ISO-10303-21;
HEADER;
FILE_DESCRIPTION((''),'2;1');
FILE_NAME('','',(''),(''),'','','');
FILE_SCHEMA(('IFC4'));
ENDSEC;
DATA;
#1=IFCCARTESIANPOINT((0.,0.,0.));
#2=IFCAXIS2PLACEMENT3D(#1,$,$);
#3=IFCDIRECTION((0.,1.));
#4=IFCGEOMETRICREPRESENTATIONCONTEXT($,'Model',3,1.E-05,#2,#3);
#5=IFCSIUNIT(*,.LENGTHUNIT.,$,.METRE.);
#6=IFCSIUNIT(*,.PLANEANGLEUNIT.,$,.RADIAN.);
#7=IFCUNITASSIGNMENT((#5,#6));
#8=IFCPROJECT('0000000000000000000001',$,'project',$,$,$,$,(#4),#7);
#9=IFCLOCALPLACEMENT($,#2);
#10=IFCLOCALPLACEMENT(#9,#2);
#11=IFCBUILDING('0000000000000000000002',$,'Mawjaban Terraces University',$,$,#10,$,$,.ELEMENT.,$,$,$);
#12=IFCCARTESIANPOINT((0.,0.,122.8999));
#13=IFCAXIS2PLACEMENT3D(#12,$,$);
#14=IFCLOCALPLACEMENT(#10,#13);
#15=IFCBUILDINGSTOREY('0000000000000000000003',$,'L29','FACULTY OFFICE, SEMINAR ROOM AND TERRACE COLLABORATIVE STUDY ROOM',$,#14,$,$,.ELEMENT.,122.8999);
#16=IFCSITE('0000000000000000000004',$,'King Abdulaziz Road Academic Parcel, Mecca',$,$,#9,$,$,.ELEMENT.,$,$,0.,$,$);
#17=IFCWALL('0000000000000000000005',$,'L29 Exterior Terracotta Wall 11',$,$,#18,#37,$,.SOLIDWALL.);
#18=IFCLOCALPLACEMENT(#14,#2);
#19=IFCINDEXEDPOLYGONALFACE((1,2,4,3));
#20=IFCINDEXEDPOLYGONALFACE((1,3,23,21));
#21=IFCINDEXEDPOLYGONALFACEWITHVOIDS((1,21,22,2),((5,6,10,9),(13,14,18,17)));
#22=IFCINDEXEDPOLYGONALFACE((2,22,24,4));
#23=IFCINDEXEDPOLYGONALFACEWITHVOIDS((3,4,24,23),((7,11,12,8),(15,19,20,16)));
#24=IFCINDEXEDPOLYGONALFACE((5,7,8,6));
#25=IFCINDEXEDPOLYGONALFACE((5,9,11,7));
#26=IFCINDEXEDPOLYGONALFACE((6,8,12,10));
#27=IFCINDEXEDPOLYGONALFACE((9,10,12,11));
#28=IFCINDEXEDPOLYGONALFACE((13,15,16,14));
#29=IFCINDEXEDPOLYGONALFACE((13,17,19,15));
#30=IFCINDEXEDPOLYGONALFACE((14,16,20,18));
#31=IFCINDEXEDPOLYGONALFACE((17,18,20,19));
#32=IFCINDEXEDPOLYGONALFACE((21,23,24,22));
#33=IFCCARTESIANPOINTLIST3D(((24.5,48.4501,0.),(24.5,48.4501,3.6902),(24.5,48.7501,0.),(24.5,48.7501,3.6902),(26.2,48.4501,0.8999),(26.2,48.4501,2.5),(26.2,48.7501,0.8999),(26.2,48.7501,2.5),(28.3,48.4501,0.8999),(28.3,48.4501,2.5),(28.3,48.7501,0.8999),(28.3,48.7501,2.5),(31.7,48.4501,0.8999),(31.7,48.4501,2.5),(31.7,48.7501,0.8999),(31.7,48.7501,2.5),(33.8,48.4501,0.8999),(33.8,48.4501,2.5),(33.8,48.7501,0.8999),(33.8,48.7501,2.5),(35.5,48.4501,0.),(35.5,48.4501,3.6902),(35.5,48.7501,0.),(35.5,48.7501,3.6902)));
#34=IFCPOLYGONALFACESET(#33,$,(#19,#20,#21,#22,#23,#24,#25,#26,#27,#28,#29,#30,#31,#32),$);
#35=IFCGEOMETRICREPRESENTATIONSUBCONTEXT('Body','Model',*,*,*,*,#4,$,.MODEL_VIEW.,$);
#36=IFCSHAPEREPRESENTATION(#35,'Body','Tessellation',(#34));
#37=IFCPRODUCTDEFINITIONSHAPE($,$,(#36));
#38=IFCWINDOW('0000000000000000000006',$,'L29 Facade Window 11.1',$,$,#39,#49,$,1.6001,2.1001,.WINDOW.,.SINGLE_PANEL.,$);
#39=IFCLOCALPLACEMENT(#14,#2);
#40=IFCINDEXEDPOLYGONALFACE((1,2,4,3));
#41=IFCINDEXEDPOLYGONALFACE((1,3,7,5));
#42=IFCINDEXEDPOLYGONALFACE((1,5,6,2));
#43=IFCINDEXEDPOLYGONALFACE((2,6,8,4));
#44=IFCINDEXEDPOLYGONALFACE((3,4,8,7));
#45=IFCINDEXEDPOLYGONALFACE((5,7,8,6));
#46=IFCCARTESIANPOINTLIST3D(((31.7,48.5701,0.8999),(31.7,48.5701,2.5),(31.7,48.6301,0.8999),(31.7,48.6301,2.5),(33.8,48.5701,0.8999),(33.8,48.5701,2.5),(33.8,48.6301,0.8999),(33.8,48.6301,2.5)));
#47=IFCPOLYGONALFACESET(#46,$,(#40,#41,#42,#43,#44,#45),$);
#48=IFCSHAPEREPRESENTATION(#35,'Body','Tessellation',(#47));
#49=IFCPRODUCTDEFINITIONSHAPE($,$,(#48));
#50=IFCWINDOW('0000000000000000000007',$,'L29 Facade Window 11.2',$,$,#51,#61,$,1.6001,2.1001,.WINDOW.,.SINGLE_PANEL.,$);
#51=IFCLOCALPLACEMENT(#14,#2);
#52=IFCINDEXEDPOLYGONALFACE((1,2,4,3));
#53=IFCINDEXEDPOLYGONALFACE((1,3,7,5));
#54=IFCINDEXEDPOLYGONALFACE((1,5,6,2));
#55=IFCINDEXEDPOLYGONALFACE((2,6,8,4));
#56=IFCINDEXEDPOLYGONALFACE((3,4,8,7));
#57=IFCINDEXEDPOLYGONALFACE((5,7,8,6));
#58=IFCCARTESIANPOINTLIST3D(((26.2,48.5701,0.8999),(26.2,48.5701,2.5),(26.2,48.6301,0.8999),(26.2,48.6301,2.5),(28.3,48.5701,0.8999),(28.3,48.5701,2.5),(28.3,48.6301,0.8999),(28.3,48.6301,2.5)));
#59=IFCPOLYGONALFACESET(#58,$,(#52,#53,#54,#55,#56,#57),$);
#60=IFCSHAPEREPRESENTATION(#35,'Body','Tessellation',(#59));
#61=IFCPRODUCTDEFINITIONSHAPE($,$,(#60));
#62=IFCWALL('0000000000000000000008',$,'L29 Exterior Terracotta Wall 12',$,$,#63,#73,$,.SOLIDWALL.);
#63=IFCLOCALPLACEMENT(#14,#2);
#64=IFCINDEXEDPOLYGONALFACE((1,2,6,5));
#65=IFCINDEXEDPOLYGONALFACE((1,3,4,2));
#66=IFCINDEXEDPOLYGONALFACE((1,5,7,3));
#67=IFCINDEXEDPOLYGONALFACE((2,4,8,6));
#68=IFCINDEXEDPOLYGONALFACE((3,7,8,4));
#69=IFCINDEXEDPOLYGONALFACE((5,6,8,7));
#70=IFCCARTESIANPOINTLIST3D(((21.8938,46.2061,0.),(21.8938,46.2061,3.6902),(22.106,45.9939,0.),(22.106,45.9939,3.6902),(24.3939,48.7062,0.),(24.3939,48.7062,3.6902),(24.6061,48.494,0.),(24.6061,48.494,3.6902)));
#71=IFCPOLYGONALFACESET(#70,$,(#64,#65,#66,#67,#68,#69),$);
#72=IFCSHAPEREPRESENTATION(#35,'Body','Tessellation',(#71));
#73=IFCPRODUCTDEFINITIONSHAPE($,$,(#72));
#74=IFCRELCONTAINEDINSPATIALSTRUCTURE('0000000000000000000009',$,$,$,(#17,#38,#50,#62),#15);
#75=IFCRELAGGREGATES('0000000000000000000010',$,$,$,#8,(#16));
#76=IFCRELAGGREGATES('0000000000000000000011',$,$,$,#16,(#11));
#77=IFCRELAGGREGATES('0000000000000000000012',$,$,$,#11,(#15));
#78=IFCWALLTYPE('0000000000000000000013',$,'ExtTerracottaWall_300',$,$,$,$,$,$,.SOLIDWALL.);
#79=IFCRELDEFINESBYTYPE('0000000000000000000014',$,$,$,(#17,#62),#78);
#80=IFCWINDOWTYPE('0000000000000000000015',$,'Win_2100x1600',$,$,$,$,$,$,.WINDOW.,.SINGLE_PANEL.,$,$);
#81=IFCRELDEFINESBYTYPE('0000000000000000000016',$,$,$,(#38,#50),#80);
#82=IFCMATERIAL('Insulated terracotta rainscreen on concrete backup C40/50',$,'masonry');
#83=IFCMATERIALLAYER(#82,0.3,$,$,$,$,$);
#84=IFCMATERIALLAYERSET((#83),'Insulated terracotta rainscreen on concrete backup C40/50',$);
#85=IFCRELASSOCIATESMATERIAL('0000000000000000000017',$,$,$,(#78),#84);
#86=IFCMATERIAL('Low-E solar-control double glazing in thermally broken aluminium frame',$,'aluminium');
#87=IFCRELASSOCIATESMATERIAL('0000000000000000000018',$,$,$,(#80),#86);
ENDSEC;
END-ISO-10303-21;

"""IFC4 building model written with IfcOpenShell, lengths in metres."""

from ifc_helpers import new_model, si_unit, direction, frame, frame_2d, origin, place, context, subcontext, project, spatial, rectangle, extrude, material, layer, layer_set, type_object, element, fill, save


model = new_model("IFC4")

# Units and contexts
model_context = context("Model", 3, precision=1e-05, world=origin(), true_north=direction((0.0, 1.0)))
body_context = subcontext(model_context, "Body", "Model", "MODEL_VIEW")
ifc_project = project(units=[si_unit("LENGTHUNIT", "METRE"), si_unit("PLANEANGLEUNIT", "RADIAN")], contexts=[model_context])

# Site, building, storey
site_placement = place(None, origin())
site = spatial("IfcSite", under=ifc_project, at=site_placement, Name="King Abdulaziz Road Academic Parcel, Mecca", CompositionType="ELEMENT", RefElevation=0.0)
building_placement = place(site_placement, origin())
building = spatial("IfcBuilding", under=site, at=building_placement, Name="Mawjaban Terraces University", CompositionType="ELEMENT")
storey_placement = place(building_placement, frame((0.0, 0.0, 122.8999)))
storey = spatial("IfcBuildingStorey", under=building, at=storey_placement, Name="L29", Description="FACULTY OFFICE, SEMINAR ROOM AND TERRACE COLLABORATIVE STUDY ROOM", CompositionType="ELEMENT", Elevation=122.8999)

# Wall, openings, windows
ifc_material_1 = material(Name="Insulated terracotta rainscreen on concrete backup C40/50", Category="masonry")
ifc_layer_1 = layer(ifc_material_1, 0.3)
ifc_layer_set_1 = layer_set([ifc_layer_1], Name="Insulated terracotta rainscreen on concrete backup C40/50")
wall_type_1 = type_object("IfcWallType", Name="ExtTerracottaWall_300", PredefinedType="SOLIDWALL", material=ifc_layer_set_1)
wall_1_placement = place(storey_placement, frame((35.5, 48.6001, 0.0), z_axis=(0.0, 0.0, 1.0), x_axis=(-1.0, 0.0, 0.0)))
wall_1 = element("IfcWall", 1, at=wall_1_placement, inside=storey, type_object=wall_type_1, Name="L29 Exterior Terracotta Wall 11", PredefinedType="SOLIDWALL", context=body_context, shape_type="SweptSolid", body=[
    extrude(rectangle(XDim=11.0, YDim=0.3, at=frame_2d((5.5, 0.0))), origin(), (0.0, 0.0, 1.0), 3.6902),
])
opening_1_placement = place(wall_1_placement, frame((1.7, 0.0, 0.8999)))
opening_1 = element("IfcOpeningElement", 2, at=opening_1_placement, cuts=wall_1, PredefinedType="OPENING", context=body_context, shape_type="SweptSolid", body=[
    extrude(rectangle(XDim=2.1001, YDim=1.6001, at=frame_2d((1.05, 0.8))), frame((0.0, 0.1599, 0.0), z_axis=(0.0, -1.0, 0.0), x_axis=(1.0, 0.0, 0.0)), (0.0, 0.0, 1.0), 0.3201),
])
opening_2_placement = place(wall_1_placement, frame((7.2, 0.0, 0.8999)))
opening_2 = element("IfcOpeningElement", 3, at=opening_2_placement, cuts=wall_1, PredefinedType="OPENING", context=body_context, shape_type="SweptSolid", body=[
    extrude(rectangle(XDim=2.1001, YDim=1.6001, at=frame_2d((1.05, 0.8))), frame((0.0, 0.1599, 0.0), z_axis=(0.0, -1.0, 0.0), x_axis=(1.0, 0.0, 0.0)), (0.0, 0.0, 1.0), 0.3201),
])
ifc_material_2 = material(Name="Low-E solar-control double glazing in thermally broken aluminium frame", Category="aluminium")
window_type_1 = type_object("IfcWindowType", Name="Win_2100x1600", PartitioningType="SINGLE_PANEL", PredefinedType="WINDOW", material=ifc_material_2)
window_1_placement = place(opening_1_placement, origin())
window_1 = element("IfcWindow", 4, at=window_1_placement, inside=storey, type_object=window_type_1, Name="L29 Facade Window 11.1", OverallHeight=1.6001, OverallWidth=2.1001, PartitioningType="SINGLE_PANEL", PredefinedType="WINDOW", context=body_context, shape_type="SweptSolid", body=[
    extrude(rectangle(XDim=2.1001, YDim=1.6001, at=frame_2d((1.05, 0.8))), frame((0.0, 0.03, 0.0), z_axis=(0.0, -1.0, 0.0), x_axis=(1.0, 0.0, 0.0)), (0.0, 0.0, 1.0), 0.0601),
])
fill(opening_1, window_1)
window_2_placement = place(opening_2_placement, origin())
window_2 = element("IfcWindow", 5, at=window_2_placement, inside=storey, type_object=window_type_1, Name="L29 Facade Window 11.2", OverallHeight=1.6001, OverallWidth=2.1001, PartitioningType="SINGLE_PANEL", PredefinedType="WINDOW", context=body_context, shape_type="SweptSolid", body=[
    extrude(rectangle(XDim=2.1001, YDim=1.6001, at=frame_2d((1.05, 0.8))), frame((0.0, 0.03, 0.0), z_axis=(0.0, -1.0, 0.0), x_axis=(1.0, 0.0, 0.0)), (0.0, 0.0, 1.0), 0.0601),
])
fill(opening_2, window_2)

# Wall
wall_2_placement = place(storey_placement, frame((24.5, 48.6001, 0.0), z_axis=(0.0, 0.0, 1.0), x_axis=(-0.707107, -0.707107, 0.0)))
element("IfcWall", 6, at=wall_2_placement, inside=storey, type_object=wall_type_1, Name="L29 Exterior Terracotta Wall 12", PredefinedType="SOLIDWALL", context=body_context, shape_type="SweptSolid", body=[
    extrude(rectangle(XDim=3.5356, YDim=0.3, at=frame_2d((1.7678, 0.0))), origin(), (0.0, 0.0, 1.0), 3.6902),
])

save(model, "model.ifc")
